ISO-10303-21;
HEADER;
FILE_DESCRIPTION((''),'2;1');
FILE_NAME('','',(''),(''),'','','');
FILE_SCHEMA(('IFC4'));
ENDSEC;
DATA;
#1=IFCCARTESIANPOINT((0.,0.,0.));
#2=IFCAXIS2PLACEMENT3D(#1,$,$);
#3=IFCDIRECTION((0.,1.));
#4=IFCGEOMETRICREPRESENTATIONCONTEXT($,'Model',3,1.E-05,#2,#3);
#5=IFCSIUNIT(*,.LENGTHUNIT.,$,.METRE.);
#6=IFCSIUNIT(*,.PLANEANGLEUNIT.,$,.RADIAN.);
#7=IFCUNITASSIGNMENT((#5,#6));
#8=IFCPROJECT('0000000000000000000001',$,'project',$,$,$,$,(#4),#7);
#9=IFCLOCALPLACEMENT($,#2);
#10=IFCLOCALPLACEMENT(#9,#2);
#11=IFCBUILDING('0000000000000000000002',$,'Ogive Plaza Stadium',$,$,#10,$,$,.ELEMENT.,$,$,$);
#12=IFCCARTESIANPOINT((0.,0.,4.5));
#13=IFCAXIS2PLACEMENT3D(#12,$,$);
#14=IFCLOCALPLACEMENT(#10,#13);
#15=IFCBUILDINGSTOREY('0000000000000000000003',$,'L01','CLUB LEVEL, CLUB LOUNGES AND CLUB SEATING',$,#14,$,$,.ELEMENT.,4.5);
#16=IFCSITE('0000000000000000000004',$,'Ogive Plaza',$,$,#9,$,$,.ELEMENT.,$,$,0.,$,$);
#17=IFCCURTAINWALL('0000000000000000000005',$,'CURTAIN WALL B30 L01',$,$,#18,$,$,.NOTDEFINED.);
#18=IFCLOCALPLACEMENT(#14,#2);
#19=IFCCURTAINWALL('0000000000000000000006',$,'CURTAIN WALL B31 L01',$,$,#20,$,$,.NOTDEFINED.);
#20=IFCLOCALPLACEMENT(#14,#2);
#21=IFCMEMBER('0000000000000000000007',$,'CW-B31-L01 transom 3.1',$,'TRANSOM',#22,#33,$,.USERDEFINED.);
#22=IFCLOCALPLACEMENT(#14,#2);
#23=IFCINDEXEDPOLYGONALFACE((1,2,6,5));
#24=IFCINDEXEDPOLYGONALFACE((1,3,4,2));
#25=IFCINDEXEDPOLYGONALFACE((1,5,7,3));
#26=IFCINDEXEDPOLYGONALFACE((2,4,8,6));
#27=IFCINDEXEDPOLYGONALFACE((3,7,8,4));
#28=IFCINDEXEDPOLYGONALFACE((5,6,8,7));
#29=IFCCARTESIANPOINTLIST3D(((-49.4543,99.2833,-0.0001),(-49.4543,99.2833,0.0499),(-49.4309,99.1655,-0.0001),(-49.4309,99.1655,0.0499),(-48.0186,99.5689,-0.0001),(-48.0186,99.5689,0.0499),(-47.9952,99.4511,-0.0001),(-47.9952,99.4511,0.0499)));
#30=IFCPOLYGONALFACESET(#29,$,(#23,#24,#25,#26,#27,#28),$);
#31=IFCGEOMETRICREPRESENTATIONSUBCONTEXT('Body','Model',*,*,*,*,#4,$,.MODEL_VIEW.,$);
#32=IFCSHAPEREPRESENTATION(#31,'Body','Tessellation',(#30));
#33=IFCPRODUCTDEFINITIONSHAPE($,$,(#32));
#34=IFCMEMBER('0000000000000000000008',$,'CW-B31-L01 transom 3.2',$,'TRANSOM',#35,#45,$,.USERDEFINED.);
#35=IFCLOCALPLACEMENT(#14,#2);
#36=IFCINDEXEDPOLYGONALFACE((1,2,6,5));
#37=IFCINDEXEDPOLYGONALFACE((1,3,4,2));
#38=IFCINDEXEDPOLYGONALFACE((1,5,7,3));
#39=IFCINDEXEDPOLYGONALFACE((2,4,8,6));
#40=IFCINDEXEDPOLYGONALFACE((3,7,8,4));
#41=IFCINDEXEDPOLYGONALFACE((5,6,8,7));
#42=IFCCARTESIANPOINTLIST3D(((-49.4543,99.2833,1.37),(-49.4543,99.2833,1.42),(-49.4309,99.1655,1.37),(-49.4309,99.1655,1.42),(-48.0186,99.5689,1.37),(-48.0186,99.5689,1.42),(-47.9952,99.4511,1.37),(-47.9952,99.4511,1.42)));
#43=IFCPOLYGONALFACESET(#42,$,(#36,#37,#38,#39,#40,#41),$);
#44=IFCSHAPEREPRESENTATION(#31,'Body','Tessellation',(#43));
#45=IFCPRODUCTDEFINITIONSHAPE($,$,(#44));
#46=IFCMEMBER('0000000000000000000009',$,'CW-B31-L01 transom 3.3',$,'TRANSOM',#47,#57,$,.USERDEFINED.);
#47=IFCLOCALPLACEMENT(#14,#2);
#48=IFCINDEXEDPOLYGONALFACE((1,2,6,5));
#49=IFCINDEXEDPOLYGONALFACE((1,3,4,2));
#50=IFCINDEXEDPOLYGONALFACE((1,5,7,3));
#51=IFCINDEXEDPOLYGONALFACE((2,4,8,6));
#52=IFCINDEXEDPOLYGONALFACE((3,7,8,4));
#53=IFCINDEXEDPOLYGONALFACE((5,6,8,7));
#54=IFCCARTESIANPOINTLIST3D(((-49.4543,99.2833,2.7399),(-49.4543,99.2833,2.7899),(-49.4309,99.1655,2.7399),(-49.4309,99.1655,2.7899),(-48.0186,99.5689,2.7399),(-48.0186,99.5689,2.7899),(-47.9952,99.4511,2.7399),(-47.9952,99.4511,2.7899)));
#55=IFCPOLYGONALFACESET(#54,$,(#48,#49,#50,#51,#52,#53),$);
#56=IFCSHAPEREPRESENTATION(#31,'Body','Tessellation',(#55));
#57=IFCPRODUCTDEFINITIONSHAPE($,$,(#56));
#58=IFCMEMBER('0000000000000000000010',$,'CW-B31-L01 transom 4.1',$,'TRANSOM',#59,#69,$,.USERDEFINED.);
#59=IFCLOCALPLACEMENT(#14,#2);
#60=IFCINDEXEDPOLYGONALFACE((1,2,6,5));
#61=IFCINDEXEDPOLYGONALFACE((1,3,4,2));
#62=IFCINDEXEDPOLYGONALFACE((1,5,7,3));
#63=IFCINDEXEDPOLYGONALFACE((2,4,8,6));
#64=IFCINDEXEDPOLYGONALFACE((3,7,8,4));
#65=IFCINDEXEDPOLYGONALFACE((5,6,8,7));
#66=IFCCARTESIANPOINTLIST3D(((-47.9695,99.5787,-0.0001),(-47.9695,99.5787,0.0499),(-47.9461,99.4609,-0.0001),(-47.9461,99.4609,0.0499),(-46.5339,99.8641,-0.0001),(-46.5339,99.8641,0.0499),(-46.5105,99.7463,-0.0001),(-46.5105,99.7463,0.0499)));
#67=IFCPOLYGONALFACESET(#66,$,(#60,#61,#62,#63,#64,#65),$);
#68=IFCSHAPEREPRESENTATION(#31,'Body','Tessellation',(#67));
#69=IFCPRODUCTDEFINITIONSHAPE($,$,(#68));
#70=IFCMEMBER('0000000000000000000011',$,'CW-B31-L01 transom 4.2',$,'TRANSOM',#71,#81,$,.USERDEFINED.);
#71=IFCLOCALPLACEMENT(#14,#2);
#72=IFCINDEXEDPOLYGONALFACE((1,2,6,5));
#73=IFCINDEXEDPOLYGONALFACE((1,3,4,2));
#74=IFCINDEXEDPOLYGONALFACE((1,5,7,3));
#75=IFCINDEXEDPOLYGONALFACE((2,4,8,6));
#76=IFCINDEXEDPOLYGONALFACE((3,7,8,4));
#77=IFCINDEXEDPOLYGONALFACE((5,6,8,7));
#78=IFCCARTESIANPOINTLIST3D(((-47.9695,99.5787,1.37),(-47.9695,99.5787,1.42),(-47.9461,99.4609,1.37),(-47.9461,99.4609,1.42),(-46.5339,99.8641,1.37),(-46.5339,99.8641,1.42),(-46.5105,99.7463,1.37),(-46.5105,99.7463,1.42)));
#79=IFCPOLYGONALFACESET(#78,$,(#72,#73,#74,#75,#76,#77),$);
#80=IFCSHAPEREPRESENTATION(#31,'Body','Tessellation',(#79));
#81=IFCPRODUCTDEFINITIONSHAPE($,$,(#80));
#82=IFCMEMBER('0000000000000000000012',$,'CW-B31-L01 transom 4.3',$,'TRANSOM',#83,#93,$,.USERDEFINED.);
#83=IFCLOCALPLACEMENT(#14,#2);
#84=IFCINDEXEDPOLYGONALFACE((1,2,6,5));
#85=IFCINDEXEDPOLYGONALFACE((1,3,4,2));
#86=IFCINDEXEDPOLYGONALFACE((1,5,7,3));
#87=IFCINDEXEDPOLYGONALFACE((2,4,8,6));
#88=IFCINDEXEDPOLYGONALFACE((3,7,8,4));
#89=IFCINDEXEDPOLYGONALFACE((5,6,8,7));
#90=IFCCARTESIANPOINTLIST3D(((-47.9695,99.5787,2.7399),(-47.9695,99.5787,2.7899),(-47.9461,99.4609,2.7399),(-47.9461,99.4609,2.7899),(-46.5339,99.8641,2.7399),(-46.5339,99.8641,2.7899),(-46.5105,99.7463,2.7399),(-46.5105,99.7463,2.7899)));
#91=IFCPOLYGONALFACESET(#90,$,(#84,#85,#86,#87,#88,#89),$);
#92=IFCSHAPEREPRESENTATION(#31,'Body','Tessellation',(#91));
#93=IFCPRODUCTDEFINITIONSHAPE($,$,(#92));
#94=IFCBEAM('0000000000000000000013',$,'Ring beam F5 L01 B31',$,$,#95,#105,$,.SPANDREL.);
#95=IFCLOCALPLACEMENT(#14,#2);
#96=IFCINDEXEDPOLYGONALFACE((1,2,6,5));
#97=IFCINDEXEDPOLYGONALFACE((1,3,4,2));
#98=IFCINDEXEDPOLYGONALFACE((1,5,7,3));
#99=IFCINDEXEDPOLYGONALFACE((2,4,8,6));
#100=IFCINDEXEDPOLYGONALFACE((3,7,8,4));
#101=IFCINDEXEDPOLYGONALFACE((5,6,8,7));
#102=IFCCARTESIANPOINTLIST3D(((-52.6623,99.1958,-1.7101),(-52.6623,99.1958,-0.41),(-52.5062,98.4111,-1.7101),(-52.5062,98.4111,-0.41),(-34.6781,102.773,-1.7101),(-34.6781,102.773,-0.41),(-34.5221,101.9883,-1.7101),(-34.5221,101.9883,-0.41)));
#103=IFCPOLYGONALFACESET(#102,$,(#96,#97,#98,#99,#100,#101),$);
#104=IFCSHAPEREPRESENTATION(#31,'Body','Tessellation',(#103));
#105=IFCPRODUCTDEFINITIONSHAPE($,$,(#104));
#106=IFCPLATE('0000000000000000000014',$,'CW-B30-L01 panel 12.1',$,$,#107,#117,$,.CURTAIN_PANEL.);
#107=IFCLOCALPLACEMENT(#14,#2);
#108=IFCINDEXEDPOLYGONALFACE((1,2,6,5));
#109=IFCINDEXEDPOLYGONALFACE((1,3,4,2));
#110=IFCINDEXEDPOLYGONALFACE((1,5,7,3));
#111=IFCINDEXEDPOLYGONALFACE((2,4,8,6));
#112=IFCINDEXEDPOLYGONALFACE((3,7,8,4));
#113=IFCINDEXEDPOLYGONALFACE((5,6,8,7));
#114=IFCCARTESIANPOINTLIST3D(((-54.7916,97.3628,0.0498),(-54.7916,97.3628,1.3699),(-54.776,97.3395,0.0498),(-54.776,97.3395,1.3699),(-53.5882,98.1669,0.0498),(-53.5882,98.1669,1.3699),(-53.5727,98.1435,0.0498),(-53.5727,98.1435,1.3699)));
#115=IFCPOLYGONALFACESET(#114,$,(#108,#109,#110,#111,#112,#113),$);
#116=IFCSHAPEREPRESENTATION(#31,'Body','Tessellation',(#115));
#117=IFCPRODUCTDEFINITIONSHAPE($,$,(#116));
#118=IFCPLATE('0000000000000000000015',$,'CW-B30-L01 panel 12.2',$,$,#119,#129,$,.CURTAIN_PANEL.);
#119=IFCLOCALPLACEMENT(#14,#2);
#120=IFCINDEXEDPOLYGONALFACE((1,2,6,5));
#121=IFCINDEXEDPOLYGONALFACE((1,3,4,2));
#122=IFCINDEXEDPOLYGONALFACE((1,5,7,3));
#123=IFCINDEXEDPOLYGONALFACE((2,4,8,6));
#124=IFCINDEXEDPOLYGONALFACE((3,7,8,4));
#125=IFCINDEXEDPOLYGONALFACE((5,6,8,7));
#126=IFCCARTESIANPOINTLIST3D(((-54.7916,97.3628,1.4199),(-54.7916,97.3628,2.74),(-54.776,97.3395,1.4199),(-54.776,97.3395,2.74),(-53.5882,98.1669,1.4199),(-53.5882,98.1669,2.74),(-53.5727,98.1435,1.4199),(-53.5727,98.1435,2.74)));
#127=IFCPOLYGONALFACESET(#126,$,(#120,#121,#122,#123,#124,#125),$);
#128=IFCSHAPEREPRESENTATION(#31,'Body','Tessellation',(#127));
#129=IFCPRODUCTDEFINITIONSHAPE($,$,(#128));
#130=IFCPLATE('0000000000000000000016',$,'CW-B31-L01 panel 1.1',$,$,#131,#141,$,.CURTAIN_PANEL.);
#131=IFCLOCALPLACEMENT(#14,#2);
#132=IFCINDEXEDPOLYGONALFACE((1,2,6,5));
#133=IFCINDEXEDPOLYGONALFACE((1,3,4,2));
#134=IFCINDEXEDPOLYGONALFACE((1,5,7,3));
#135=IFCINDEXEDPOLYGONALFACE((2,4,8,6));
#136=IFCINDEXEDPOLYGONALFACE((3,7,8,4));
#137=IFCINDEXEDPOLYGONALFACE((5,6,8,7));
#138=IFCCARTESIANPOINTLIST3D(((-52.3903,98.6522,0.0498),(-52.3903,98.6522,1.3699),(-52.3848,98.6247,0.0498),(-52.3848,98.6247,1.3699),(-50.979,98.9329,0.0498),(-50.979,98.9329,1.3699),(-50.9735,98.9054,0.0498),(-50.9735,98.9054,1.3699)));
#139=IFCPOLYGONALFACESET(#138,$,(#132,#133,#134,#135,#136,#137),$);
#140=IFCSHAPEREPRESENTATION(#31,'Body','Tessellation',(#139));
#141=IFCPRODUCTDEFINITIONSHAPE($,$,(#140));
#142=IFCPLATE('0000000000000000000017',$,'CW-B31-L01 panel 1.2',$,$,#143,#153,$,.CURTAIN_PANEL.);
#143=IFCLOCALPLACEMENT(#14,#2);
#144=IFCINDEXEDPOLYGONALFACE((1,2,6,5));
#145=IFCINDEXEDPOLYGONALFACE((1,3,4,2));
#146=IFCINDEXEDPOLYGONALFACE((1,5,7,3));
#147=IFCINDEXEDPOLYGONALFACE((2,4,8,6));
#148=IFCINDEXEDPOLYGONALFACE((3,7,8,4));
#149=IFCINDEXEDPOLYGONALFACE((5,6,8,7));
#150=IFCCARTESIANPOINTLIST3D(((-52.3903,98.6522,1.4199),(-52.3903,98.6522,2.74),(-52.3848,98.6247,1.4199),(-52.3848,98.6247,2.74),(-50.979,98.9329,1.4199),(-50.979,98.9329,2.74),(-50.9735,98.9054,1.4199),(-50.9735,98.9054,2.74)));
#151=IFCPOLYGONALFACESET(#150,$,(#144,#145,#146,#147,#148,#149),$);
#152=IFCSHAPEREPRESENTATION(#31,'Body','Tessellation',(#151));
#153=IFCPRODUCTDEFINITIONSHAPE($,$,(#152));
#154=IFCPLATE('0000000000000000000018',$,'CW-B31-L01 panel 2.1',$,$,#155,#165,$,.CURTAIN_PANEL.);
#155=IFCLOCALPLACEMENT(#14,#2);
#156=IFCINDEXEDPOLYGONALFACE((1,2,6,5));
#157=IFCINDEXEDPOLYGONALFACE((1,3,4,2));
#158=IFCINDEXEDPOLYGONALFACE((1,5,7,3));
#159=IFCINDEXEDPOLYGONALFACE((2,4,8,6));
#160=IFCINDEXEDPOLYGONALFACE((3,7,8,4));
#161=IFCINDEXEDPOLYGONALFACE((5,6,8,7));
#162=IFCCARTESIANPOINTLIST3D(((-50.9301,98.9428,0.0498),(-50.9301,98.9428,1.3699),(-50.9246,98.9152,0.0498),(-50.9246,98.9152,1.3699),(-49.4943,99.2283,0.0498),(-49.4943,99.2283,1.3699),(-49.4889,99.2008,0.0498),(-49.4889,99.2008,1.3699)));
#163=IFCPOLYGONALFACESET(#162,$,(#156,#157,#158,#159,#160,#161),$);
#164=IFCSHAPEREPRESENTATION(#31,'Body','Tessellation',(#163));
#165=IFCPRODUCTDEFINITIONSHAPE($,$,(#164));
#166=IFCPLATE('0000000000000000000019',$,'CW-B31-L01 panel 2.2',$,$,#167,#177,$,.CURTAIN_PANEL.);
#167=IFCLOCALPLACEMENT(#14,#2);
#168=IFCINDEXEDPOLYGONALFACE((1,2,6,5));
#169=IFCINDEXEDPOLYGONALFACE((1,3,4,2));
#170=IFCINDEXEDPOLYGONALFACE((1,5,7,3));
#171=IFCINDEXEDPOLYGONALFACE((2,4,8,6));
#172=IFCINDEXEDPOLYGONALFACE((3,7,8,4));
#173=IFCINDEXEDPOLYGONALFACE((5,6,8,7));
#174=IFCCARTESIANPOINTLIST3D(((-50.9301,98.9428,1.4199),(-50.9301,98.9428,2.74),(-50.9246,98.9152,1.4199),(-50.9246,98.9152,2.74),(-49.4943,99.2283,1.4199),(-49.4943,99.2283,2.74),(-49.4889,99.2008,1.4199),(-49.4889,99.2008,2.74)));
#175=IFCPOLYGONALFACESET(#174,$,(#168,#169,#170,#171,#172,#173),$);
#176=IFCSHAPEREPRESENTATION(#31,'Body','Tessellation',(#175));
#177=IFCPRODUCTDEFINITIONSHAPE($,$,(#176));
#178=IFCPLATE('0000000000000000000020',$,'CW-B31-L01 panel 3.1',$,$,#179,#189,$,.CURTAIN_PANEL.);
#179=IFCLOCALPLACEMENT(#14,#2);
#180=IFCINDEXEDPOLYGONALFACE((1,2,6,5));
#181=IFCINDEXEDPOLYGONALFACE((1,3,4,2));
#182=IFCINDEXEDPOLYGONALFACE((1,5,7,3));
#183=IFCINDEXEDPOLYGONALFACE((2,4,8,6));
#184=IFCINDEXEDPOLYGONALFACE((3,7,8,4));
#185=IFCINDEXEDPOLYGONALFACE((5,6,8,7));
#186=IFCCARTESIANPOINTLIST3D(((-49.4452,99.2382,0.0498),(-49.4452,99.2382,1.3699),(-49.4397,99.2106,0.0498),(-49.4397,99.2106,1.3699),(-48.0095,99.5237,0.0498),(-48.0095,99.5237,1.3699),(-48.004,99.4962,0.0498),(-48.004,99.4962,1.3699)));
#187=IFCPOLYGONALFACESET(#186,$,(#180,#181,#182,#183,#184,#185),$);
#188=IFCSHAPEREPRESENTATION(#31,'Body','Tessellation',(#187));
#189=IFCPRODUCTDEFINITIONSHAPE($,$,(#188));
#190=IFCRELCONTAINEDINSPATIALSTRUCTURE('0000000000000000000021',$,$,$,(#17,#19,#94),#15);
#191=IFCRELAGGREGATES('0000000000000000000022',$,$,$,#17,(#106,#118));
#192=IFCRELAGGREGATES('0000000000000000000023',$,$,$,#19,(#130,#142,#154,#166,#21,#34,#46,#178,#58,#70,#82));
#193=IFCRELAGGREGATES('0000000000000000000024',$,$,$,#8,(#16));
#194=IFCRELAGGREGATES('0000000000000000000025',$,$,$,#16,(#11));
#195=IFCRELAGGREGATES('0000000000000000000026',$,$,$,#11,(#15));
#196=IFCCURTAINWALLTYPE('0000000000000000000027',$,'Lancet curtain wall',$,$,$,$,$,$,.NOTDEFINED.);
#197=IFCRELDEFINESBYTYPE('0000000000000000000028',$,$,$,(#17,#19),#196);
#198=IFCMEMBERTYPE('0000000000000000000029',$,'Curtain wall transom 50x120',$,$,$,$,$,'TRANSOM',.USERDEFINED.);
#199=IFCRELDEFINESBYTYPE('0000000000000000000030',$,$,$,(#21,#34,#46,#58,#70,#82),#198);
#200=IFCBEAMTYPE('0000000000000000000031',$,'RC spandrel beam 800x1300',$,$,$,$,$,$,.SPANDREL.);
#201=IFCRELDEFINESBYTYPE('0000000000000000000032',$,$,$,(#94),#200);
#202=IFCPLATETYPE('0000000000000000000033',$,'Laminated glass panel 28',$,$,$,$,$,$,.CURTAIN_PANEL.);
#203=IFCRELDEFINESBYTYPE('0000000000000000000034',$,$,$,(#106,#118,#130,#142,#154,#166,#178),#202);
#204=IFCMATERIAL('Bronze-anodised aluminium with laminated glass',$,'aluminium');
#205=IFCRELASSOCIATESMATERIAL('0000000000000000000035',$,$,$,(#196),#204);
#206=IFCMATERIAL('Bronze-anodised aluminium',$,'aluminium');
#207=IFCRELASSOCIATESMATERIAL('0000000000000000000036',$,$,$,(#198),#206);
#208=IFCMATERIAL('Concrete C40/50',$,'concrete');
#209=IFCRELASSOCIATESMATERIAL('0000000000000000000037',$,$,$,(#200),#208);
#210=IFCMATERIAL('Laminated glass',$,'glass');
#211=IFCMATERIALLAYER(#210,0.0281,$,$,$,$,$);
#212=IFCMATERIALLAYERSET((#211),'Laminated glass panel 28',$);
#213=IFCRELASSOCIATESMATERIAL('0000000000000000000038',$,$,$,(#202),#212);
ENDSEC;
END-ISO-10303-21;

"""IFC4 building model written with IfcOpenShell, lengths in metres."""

from ifc_helpers import new_model, si_unit, direction, frame, origin, origin_2d, place, context, subcontext, project, spatial, rectangle, extrude, material, layer, layer_set, material_profile, profile_set, type_object, element, aggregate, save


model = new_model("IFC4")

# Units and contexts
model_context = context("Model", 3, precision=1e-05, world=origin(), true_north=direction((0.0, 1.0)))
body_context = subcontext(model_context, "Body", "Model", "MODEL_VIEW")
ifc_project = project(units=[si_unit("LENGTHUNIT", "METRE"), si_unit("PLANEANGLEUNIT", "RADIAN")], contexts=[model_context])

# Site, building, storey
site_placement = place(None, origin())
site = spatial("IfcSite", under=ifc_project, at=site_placement, Name="Ogive Plaza", CompositionType="ELEMENT", RefElevation=0.0)
building_placement = place(site_placement, origin())
building = spatial("IfcBuilding", under=site, at=building_placement, Name="Ogive Plaza Stadium", CompositionType="ELEMENT")
storey_placement = place(building_placement, frame((0.0, 0.0, 4.5)))
storey = spatial("IfcBuildingStorey", under=building, at=storey_placement, Name="L01", Description="CLUB LEVEL, CLUB LOUNGES AND CLUB SEATING", CompositionType="ELEMENT", Elevation=4.5)

# Curtain wall
ifc_material_1 = material(Name="Bronze-anodised aluminium with laminated glass", Category="aluminium")
curtain_wall_type = type_object("IfcCurtainWallType", Name="Lancet curtain wall", PredefinedType="NOTDEFINED", material=ifc_material_1)
curtain_wall_1_placement = place(storey_placement, origin())
curtain_wall_1 = element("IfcCurtainWall", 1, at=curtain_wall_1_placement, inside=storey, type_object=curtain_wall_type, Name="CURTAIN WALL B30 L01", PredefinedType="NOTDEFINED")

# Curtain wall
curtain_wall_2_placement = place(storey_placement, origin())
curtain_wall_2 = element("IfcCurtainWall", 2, at=curtain_wall_2_placement, inside=storey, type_object=curtain_wall_type, Name="CURTAIN WALL B31 L01", PredefinedType="NOTDEFINED")

# Members
ifc_material_2 = material(Name="Bronze-anodised aluminium", Category="aluminium")
ifc_material_profile_1 = material_profile(ifc_material_2, rectangle(XDim=0.1201, YDim=0.05, at=origin_2d()), Name="AL 120x50")
ifc_profile_set_1 = profile_set([ifc_material_profile_1], Name="Bronze-anodised aluminium")
member_type_1 = type_object("IfcMemberType", Name="Curtain wall transom 50x120", ElementType="TRANSOM", PredefinedType="USERDEFINED", material=ifc_profile_set_1)
member_1_placement = place(storey_placement, frame((-49.4426, 99.2244, 0.0249), z_axis=(0.980779, 0.195122, 0.0), x_axis=(-0.195122, 0.980779, 0.0)))
member_1 = element("IfcMember", 3, at=member_1_placement, type_object=member_type_1, Name="CW-B31-L01 transom 3.1", ObjectType="TRANSOM", PredefinedType="USERDEFINED", context=body_context, shape_type="SweptSolid", body=[
    extrude(rectangle(XDim=0.1201, YDim=0.05, at=origin_2d()), origin(), (0.0, 0.0, 1.0), 1.4639),
])
member_2_placement = place(storey_placement, frame((-49.4426, 99.2244, 1.395), z_axis=(0.980779, 0.195122, 0.0), x_axis=(-0.195122, 0.980779, 0.0)))
member_2 = element("IfcMember", 4, at=member_2_placement, type_object=member_type_1, Name="CW-B31-L01 transom 3.2", ObjectType="TRANSOM", PredefinedType="USERDEFINED", context=body_context, shape_type="SweptSolid", body=[
    extrude(rectangle(XDim=0.1201, YDim=0.05, at=origin_2d()), origin(), (0.0, 0.0, 1.0), 1.4639),
])
member_3_placement = place(storey_placement, frame((-49.4426, 99.2244, 2.7649), z_axis=(0.980779, 0.195122, 0.0), x_axis=(-0.195122, 0.980779, 0.0)))
member_3 = element("IfcMember", 5, at=member_3_placement, type_object=member_type_1, Name="CW-B31-L01 transom 3.3", ObjectType="TRANSOM", PredefinedType="USERDEFINED", context=body_context, shape_type="SweptSolid", body=[
    extrude(rectangle(XDim=0.1201, YDim=0.05, at=origin_2d()), origin(), (0.0, 0.0, 1.0), 1.4639),
])
member_4_placement = place(storey_placement, frame((-47.9578, 99.5198, 0.0249), z_axis=(0.980805, 0.194993, 0.0), x_axis=(-0.194993, 0.980805, 0.0)))
member_4 = element("IfcMember", 6, at=member_4_placement, type_object=member_type_1, Name="CW-B31-L01 transom 4.1", ObjectType="TRANSOM", PredefinedType="USERDEFINED", context=body_context, shape_type="SweptSolid", body=[
    extrude(rectangle(XDim=0.1201, YDim=0.05, at=origin_2d()), origin(), (0.0, 0.0, 1.0), 1.4636),
])
member_5_placement = place(storey_placement, frame((-47.9578, 99.5198, 1.395), z_axis=(0.980805, 0.194993, 0.0), x_axis=(-0.194993, 0.980805, 0.0)))
member_5 = element("IfcMember", 7, at=member_5_placement, type_object=member_type_1, Name="CW-B31-L01 transom 4.2", ObjectType="TRANSOM", PredefinedType="USERDEFINED", context=body_context, shape_type="SweptSolid", body=[
    extrude(rectangle(XDim=0.1201, YDim=0.05, at=origin_2d()), origin(), (0.0, 0.0, 1.0), 1.4636),
])
member_6_placement = place(storey_placement, frame((-47.9578, 99.5198, 2.7649), z_axis=(0.980805, 0.194993, 0.0), x_axis=(-0.194993, 0.980805, 0.0)))
member_6 = element("IfcMember", 8, at=member_6_placement, type_object=member_type_1, Name="CW-B31-L01 transom 4.3", ObjectType="TRANSOM", PredefinedType="USERDEFINED", context=body_context, shape_type="SweptSolid", body=[
    extrude(rectangle(XDim=0.1201, YDim=0.05, at=origin_2d()), origin(), (0.0, 0.0, 1.0), 1.4636),
])

# Beam
ifc_material_3 = material(Name="Concrete C40/50", Category="concrete")
ifc_material_profile_2 = material_profile(ifc_material_3, rectangle(XDim=0.8, YDim=1.3, at=origin_2d()), Name="RC 800x1300")
ifc_profile_set_2 = profile_set([ifc_material_profile_2], Name="Concrete C40/50")
beam_type = type_object("IfcBeamType", Name="RC spandrel beam 800x1300", PredefinedType="SPANDREL", material=ifc_profile_set_2)
beam_placement = place(storey_placement, frame((-52.5842, 98.8035, -1.0601), z_axis=(0.980787, 0.195084, 0.0), x_axis=(-0.195084, 0.980787, 0.0)))
element("IfcBeam", 9, at=beam_placement, inside=storey, type_object=beam_type, Name="Ring beam F5 L01 B31", PredefinedType="SPANDREL", context=body_context, shape_type="SweptSolid", body=[
    extrude(rectangle(XDim=0.8, YDim=1.3, at=origin_2d()), origin(), (0.0, 0.0, 1.0), 18.3364),
])

# Plates
ifc_material_4 = material(Name="Laminated glass", Category="glass")
ifc_layer = layer(ifc_material_4, 0.0281)
ifc_layer_set = layer_set([ifc_layer], Name="Laminated glass panel 28")
plate_type = type_object("IfcPlateType", Name="Laminated glass panel 28", PredefinedType="CURTAIN_PANEL", material=ifc_layer_set)
plate_1_placement = place(storey_placement, frame((-54.1821, 97.7532, 0.0498), z_axis=(0.0, 0.0, 1.0), x_axis=(0.83147, 0.55557, 0.0)))
plate_1 = element("IfcPlate", 10, at=plate_1_placement, type_object=plate_type, Name="CW-B30-L01 panel 12.1", PredefinedType="CURTAIN_PANEL", context=body_context, shape_type="SweptSolid", body=[
    extrude(rectangle(XDim=1.4473, YDim=0.0281, at=origin_2d()), origin(), (0.0, 0.0, 1.0), 1.3201),
])
plate_2_placement = place(storey_placement, frame((-54.1821, 97.7532, 1.4199), z_axis=(0.0, 0.0, 1.0), x_axis=(0.83147, 0.55557, 0.0)))
plate_2 = element("IfcPlate", 11, at=plate_2_placement, type_object=plate_type, Name="CW-B30-L01 panel 12.2", PredefinedType="CURTAIN_PANEL", context=body_context, shape_type="SweptSolid", body=[
    extrude(rectangle(XDim=1.4473, YDim=0.0281, at=origin_2d()), origin(), (0.0, 0.0, 1.0), 1.3201),
])
aggregate(curtain_wall_1, [plate_1, plate_2])
plate_3_placement = place(storey_placement, frame((-51.6819, 98.7788, 0.0498), z_axis=(0.0, 0.0, 1.0), x_axis=(0.980785, 0.19509, 0.0)))
plate_3 = element("IfcPlate", 12, at=plate_3_placement, type_object=plate_type, Name="CW-B31-L01 panel 1.1", PredefinedType="CURTAIN_PANEL", context=body_context, shape_type="SweptSolid", body=[
    extrude(rectangle(XDim=1.439, YDim=0.0281, at=origin_2d()), origin(), (0.0, 0.0, 1.0), 1.3201),
])
plate_4_placement = place(storey_placement, frame((-51.6819, 98.7788, 1.4199), z_axis=(0.0, 0.0, 1.0), x_axis=(0.980785, 0.19509, 0.0)))
plate_4 = element("IfcPlate", 13, at=plate_4_placement, type_object=plate_type, Name="CW-B31-L01 panel 1.2", PredefinedType="CURTAIN_PANEL", context=body_context, shape_type="SweptSolid", body=[
    extrude(rectangle(XDim=1.439, YDim=0.0281, at=origin_2d()), origin(), (0.0, 0.0, 1.0), 1.3201),
])
plate_5_placement = place(storey_placement, frame((-50.2095, 99.0718, 0.0498), z_axis=(0.0, 0.0, 1.0), x_axis=(0.980785, 0.19509, 0.0)))
plate_5 = element("IfcPlate", 14, at=plate_5_placement, type_object=plate_type, Name="CW-B31-L01 panel 2.1", PredefinedType="CURTAIN_PANEL", context=body_context, shape_type="SweptSolid", body=[
    extrude(rectangle(XDim=1.4639, YDim=0.0281, at=origin_2d()), origin(), (0.0, 0.0, 1.0), 1.3201),
])
plate_6_placement = place(storey_placement, frame((-50.2095, 99.0718, 1.4199), z_axis=(0.0, 0.0, 1.0), x_axis=(0.980785, 0.19509, 0.0)))
plate_6 = element("IfcPlate", 15, at=plate_6_placement, type_object=plate_type, Name="CW-B31-L01 panel 2.2", PredefinedType="CURTAIN_PANEL", context=body_context, shape_type="SweptSolid", body=[
    extrude(rectangle(XDim=1.4639, YDim=0.0281, at=origin_2d()), origin(), (0.0, 0.0, 1.0), 1.3201),
])
plate_7_placement = place(storey_placement, frame((-48.7246, 99.3672, 0.0498), z_axis=(0.0, 0.0, 1.0), x_axis=(0.980785, 0.19509, 0.0)))
plate_7 = element("IfcPlate", 16, at=plate_7_placement, type_object=plate_type, Name="CW-B31-L01 panel 3.1", PredefinedType="CURTAIN_PANEL", context=body_context, shape_type="SweptSolid", body=[
    extrude(rectangle(XDim=1.4639, YDim=0.0281, at=origin_2d()), origin(), (0.0, 0.0, 1.0), 1.3201),
])
aggregate(curtain_wall_2, [plate_3, plate_4, plate_5, plate_6, member_1, member_2, member_3, plate_7, member_4, member_5, member_6])

save(model, "model.ifc")
